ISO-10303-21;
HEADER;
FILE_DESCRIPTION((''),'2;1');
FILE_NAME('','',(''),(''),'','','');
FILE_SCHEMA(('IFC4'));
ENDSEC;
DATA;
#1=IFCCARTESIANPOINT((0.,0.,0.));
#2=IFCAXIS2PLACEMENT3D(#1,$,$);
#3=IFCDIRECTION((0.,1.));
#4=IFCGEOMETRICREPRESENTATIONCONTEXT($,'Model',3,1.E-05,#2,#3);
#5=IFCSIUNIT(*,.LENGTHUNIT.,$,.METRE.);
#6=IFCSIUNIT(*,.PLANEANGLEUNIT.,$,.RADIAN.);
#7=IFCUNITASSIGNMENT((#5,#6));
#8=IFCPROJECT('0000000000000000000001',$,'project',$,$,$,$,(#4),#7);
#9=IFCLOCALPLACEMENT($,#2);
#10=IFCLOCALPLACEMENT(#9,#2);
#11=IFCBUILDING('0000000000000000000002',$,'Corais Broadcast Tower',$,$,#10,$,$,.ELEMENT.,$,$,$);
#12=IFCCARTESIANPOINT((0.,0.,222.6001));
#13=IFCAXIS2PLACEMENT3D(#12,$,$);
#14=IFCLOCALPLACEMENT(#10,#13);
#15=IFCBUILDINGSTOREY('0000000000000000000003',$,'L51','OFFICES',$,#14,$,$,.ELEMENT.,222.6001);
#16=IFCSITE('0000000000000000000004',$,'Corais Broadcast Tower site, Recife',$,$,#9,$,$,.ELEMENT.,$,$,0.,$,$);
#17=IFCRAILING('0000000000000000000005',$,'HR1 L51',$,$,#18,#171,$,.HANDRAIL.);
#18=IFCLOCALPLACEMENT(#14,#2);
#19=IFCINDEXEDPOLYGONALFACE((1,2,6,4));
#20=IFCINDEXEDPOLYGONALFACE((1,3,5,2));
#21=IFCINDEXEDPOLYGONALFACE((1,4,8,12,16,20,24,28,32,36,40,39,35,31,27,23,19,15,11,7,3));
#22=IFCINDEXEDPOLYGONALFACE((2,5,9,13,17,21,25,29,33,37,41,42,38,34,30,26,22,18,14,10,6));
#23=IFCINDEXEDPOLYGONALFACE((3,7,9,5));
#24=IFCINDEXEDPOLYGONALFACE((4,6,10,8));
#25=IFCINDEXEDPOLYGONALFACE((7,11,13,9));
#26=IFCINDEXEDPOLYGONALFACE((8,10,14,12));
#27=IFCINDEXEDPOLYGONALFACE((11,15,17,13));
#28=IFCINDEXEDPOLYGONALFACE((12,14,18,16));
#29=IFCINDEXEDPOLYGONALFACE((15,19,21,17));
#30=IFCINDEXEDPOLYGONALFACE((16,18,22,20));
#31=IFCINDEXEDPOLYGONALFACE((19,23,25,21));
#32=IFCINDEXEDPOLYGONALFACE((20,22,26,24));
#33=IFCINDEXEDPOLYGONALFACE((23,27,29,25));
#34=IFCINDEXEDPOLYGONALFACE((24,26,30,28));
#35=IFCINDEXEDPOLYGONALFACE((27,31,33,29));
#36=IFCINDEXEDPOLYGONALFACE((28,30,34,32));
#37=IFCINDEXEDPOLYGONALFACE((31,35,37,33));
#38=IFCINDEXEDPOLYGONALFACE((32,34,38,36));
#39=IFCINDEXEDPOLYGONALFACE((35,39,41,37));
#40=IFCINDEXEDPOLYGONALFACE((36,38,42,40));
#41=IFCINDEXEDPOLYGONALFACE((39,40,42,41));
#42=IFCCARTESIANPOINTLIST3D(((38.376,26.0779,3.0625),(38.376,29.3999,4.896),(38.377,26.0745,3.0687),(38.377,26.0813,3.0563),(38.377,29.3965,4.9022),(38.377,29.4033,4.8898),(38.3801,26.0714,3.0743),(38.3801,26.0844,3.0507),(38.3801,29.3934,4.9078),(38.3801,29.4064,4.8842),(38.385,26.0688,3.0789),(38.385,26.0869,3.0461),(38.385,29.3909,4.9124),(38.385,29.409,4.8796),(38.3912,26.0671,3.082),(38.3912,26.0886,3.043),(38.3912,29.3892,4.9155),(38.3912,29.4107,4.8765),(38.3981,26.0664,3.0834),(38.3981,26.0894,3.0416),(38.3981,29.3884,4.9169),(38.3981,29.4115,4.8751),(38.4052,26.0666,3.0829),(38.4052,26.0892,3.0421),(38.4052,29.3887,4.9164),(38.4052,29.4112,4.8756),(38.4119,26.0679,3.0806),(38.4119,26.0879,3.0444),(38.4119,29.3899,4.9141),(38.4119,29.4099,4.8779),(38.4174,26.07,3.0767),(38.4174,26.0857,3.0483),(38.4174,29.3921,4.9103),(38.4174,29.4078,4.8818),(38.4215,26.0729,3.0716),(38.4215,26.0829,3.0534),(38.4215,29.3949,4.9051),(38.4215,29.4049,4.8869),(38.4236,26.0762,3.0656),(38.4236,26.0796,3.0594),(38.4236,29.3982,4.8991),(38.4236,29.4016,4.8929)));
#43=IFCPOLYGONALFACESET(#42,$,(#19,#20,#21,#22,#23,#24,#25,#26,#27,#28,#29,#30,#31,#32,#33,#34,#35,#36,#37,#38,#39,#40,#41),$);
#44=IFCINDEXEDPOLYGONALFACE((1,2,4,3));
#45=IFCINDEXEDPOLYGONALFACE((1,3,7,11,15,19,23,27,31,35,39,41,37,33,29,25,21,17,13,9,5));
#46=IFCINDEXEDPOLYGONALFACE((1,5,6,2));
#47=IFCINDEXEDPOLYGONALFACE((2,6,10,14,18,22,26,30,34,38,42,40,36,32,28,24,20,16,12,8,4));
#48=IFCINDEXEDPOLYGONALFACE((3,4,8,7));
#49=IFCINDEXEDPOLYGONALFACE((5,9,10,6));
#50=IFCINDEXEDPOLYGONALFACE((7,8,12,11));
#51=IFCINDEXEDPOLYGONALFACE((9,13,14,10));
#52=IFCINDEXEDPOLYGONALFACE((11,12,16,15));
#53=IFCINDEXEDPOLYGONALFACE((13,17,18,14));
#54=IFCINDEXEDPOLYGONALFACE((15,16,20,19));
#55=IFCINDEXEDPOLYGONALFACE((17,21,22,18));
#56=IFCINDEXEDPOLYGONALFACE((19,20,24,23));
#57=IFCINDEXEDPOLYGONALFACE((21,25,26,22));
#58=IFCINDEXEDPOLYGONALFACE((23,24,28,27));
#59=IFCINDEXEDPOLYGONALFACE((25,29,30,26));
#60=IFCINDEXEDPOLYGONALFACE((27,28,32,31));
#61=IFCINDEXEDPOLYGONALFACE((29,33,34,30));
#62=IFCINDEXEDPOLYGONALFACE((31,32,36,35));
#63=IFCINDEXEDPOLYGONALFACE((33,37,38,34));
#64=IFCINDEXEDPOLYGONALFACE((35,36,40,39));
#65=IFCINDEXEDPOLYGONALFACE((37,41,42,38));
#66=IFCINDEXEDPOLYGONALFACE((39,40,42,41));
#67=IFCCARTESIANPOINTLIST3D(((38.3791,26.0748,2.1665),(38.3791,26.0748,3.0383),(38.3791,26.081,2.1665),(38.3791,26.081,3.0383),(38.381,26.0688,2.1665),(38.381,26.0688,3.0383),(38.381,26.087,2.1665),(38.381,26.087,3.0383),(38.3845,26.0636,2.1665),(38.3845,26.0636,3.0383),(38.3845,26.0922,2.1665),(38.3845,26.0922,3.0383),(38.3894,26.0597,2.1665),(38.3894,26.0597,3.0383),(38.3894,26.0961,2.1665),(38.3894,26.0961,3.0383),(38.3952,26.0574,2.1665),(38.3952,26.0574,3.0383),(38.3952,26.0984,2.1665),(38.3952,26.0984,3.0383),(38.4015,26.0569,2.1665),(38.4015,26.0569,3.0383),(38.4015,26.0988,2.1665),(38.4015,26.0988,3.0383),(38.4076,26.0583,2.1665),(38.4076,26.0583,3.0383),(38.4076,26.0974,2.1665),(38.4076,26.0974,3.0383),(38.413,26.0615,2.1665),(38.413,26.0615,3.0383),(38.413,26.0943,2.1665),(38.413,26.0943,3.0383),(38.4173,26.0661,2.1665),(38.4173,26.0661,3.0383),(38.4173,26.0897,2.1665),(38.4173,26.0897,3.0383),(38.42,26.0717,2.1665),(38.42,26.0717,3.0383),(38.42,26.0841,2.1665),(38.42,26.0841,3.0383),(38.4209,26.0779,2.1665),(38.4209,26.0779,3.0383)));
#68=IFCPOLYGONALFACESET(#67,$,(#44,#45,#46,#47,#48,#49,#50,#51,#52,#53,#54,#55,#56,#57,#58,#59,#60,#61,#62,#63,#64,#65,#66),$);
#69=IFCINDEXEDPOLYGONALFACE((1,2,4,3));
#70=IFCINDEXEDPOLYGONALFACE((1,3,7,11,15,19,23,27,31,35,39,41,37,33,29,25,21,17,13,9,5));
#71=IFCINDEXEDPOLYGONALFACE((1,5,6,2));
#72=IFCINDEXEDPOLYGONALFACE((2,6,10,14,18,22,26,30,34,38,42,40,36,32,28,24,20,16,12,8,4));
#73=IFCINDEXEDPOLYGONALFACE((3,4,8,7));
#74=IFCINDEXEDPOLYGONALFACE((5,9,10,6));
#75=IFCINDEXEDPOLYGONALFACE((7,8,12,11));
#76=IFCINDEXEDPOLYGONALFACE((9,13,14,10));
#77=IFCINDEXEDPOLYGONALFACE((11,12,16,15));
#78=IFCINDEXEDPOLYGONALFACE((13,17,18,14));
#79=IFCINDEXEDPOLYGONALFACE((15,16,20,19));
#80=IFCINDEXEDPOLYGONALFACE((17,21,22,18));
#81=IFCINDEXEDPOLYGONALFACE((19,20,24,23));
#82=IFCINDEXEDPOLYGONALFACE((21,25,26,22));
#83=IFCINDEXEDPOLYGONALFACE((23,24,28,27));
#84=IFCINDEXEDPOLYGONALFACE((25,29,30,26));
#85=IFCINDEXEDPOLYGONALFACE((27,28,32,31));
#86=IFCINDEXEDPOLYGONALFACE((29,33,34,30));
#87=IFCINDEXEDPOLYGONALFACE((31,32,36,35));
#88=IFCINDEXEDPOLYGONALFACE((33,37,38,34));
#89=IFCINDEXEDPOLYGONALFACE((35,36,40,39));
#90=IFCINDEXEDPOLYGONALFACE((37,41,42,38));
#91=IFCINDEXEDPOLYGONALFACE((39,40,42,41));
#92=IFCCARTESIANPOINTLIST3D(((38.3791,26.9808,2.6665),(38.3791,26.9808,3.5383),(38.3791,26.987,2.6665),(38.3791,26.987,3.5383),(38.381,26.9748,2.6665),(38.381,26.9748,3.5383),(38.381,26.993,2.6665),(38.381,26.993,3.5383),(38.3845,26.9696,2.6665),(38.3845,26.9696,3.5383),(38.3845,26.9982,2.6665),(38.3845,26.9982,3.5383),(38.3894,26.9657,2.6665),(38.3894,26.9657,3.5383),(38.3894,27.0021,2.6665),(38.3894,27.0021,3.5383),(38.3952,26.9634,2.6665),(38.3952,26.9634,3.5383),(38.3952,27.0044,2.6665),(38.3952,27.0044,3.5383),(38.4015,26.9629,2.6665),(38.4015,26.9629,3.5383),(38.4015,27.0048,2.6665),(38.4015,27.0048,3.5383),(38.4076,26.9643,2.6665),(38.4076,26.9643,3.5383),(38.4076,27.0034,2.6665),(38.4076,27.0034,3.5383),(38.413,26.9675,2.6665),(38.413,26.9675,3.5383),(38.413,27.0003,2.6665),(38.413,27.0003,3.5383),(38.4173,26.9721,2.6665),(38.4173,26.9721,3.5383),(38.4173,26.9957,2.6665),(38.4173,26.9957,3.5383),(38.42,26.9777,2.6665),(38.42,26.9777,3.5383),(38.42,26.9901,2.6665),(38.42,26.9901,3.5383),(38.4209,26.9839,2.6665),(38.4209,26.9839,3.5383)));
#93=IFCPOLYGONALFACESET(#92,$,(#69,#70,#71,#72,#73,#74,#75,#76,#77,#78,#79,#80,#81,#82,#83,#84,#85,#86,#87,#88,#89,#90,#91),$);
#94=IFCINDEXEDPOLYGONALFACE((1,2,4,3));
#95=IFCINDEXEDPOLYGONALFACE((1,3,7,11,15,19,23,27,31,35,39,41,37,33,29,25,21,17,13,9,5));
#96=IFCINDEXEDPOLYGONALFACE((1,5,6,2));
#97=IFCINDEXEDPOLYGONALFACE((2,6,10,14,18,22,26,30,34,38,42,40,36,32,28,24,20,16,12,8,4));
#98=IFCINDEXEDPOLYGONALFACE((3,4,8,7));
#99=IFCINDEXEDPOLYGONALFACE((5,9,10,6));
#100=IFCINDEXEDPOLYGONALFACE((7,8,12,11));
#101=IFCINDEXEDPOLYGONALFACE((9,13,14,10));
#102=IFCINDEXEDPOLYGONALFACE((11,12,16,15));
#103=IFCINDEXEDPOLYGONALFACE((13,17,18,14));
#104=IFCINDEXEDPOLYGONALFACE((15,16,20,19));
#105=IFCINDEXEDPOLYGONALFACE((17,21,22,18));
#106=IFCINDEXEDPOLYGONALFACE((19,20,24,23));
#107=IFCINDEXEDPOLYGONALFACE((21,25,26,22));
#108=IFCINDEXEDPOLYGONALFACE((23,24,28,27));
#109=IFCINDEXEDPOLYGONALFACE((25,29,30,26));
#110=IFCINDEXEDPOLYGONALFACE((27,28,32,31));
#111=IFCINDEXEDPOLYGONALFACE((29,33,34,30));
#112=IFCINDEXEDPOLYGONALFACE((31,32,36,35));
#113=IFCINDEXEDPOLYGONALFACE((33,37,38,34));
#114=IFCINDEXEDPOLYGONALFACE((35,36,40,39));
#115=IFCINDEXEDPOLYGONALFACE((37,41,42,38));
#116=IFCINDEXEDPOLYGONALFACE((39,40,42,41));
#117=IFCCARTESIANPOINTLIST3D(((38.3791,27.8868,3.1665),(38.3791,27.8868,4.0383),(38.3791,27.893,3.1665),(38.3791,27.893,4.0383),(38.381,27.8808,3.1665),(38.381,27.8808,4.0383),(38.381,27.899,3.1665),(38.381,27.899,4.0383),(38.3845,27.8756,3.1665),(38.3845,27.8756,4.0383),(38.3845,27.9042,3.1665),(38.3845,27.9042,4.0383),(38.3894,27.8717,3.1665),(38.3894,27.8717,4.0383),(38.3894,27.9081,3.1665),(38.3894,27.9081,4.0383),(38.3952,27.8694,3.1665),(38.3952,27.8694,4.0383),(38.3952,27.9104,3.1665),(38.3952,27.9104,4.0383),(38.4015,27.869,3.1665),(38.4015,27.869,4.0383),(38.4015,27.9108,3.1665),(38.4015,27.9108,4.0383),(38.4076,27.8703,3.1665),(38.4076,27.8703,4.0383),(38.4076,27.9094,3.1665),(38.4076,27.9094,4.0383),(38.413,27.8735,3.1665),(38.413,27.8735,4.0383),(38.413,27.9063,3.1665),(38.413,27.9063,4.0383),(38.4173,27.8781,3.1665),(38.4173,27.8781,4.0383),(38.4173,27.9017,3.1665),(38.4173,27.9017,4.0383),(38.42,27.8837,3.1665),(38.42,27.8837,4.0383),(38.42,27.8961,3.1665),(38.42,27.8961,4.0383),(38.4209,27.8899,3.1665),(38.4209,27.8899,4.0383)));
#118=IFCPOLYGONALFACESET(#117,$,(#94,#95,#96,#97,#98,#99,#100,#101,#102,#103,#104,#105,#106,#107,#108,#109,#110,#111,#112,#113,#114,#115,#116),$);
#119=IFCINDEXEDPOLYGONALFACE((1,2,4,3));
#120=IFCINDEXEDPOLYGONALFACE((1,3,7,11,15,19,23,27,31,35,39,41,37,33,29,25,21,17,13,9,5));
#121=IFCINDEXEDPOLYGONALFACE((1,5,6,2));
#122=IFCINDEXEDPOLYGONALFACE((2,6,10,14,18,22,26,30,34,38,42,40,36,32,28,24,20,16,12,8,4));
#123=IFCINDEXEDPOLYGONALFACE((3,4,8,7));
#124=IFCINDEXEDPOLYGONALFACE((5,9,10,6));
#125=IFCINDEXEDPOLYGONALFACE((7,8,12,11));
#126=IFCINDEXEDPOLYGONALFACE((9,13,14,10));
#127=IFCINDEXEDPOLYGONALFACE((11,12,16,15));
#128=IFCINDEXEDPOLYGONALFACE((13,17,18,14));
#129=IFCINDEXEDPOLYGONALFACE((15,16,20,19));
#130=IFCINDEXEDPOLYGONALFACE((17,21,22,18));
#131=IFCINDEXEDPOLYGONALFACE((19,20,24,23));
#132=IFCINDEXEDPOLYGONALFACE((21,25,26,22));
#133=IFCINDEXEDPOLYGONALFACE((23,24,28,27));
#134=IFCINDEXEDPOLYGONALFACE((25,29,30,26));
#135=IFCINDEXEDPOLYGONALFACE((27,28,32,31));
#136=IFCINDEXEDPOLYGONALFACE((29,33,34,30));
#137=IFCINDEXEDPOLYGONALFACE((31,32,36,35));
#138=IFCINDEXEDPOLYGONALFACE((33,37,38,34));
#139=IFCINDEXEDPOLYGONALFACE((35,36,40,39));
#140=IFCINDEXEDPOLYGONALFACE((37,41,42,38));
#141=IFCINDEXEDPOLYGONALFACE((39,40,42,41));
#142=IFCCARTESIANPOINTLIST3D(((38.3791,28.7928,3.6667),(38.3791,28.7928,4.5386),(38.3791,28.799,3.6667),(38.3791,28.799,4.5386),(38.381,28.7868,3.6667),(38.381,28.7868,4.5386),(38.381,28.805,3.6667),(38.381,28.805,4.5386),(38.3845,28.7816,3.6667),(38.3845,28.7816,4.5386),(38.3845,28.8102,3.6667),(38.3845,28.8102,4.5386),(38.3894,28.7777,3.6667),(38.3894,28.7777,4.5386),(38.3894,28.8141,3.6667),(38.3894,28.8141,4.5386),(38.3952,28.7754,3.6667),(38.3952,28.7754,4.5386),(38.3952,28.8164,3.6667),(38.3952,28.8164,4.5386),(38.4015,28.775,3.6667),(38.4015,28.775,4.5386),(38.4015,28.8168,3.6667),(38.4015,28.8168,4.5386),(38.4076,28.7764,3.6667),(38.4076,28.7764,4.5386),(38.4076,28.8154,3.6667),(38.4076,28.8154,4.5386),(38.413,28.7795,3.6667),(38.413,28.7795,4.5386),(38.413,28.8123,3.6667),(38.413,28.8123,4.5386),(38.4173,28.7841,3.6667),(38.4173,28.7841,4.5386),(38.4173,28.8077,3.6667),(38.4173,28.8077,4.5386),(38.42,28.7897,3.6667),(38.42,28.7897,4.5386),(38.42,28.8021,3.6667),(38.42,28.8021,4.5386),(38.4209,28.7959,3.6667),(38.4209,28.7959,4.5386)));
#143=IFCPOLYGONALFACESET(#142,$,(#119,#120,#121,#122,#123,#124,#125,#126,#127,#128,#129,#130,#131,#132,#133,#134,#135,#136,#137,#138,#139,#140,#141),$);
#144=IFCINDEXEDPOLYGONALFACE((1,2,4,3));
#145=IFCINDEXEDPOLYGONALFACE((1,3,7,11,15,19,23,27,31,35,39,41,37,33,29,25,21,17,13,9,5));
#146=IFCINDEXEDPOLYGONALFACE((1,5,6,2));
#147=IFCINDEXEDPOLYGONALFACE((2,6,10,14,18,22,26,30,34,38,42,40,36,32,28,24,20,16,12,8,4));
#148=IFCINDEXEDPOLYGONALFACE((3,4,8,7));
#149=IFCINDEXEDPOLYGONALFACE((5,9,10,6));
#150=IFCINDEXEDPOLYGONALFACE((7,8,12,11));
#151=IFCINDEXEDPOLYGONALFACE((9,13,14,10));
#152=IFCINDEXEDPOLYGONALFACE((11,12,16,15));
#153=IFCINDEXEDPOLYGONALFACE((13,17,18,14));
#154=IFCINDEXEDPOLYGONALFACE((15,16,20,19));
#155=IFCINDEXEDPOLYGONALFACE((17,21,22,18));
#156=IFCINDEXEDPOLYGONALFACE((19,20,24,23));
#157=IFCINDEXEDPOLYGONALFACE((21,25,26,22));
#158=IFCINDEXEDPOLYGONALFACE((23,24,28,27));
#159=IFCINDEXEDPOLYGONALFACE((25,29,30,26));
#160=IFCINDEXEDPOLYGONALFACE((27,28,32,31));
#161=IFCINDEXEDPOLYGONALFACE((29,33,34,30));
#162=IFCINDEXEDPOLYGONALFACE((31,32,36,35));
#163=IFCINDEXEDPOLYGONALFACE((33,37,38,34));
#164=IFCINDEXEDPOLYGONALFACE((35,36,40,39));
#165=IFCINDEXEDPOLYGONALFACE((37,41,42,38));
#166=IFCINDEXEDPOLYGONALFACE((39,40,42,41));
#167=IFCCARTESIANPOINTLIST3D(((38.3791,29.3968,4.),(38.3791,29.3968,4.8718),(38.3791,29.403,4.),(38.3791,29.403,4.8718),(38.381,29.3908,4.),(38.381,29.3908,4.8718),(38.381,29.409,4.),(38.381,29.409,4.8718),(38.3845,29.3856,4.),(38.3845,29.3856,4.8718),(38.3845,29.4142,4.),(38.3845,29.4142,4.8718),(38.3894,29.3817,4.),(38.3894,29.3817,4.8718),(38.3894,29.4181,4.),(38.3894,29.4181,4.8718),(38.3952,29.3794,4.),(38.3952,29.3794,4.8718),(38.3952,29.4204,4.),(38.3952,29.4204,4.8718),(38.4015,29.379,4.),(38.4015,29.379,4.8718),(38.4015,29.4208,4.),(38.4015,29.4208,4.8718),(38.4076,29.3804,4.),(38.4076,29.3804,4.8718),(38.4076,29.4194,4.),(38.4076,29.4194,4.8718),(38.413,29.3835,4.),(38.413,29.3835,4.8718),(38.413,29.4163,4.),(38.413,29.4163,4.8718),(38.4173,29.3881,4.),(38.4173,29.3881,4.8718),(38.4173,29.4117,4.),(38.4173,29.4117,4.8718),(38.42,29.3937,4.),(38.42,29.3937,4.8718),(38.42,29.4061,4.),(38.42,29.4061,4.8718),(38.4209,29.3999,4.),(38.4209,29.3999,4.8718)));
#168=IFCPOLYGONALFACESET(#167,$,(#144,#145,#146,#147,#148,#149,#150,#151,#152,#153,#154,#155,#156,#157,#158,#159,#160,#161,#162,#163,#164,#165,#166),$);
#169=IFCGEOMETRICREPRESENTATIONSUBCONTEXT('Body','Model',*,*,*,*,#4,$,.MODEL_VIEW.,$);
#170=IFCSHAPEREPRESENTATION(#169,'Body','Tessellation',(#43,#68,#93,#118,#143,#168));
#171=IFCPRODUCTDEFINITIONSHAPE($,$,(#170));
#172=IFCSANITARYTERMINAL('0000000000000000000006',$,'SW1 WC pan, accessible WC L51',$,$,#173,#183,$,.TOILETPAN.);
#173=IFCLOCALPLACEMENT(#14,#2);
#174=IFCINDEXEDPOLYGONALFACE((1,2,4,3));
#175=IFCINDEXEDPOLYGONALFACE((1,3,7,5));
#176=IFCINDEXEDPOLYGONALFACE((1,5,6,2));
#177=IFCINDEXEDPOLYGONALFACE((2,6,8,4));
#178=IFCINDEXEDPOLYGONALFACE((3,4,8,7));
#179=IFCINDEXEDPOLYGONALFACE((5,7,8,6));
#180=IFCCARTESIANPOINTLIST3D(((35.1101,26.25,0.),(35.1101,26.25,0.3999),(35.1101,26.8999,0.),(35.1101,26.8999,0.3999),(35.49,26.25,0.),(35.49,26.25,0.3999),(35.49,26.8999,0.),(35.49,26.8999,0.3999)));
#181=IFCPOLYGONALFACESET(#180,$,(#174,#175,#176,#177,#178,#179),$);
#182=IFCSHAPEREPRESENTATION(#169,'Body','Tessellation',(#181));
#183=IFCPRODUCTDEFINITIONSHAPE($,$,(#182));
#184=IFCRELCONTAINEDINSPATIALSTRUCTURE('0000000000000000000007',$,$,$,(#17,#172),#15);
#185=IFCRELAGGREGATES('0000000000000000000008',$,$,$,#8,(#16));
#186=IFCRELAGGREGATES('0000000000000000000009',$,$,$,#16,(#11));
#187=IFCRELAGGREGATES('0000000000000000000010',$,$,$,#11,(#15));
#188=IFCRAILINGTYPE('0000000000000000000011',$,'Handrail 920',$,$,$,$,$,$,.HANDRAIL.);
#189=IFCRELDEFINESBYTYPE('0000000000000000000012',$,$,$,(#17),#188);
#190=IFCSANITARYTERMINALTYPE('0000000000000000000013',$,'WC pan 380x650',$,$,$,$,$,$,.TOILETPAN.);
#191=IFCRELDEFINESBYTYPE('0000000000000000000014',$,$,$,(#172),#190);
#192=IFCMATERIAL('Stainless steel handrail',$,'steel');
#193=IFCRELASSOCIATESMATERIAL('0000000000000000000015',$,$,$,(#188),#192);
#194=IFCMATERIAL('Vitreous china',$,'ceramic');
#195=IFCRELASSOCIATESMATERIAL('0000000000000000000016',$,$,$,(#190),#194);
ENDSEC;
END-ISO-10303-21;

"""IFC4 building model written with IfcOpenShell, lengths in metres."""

from ifc_helpers import new_model, si_unit, direction, frame, origin, origin_2d, place, context, subcontext, project, spatial, rectangle, circle, extrude, material, type_object, element, save


model = new_model("IFC4")

# Units and contexts
model_context = context("Model", 3, precision=1e-05, world=origin(), true_north=direction((0.0, 1.0)))
body_context = subcontext(model_context, "Body", "Model", "MODEL_VIEW")
ifc_project = project(units=[si_unit("LENGTHUNIT", "METRE"), si_unit("PLANEANGLEUNIT", "RADIAN")], contexts=[model_context])

# Site, building, storey
site_placement = place(None, origin())
site = spatial("IfcSite", under=ifc_project, at=site_placement, Name="Corais Broadcast Tower site, Recife", CompositionType="ELEMENT", RefElevation=0.0)
building_placement = place(site_placement, origin())
building = spatial("IfcBuilding", under=site, at=building_placement, Name="Corais Broadcast Tower", CompositionType="ELEMENT")
storey_placement = place(building_placement, frame((0.0, 0.0, 222.6001)))
storey = spatial("IfcBuildingStorey", under=building, at=storey_placement, Name="L51", Description="OFFICES", CompositionType="ELEMENT", Elevation=222.6001)

# Railing
ifc_material_1 = material(Name="Stainless steel handrail", Category="steel")
railing_type = type_object("IfcRailingType", Name="Handrail 920", PredefinedType="HANDRAIL", material=ifc_material_1)
for number, where, name in (
    (1, (38.3999, 26.0779, 2.1665), "HR1 L51"),
):
    element("IfcRailing", number, at=place(storey_placement, frame(where)), inside=storey, type_object=railing_type, Name=name, PredefinedType="HANDRAIL", context=body_context, shape_type="SweptSolid", body=[
        extrude(circle(Radius=0.0239, at=origin_2d()), frame((0.0, 0.0, 0.896), z_axis=(0.0, 0.875504, 0.48321), x_axis=(-1.0, 0.0, 0.0)), (0.0, 0.0, 1.0), 3.7944),
        extrude(circle(Radius=0.021, at=origin_2d()), origin(), (0.0, 0.0, 1.0), 0.8718),
        extrude(circle(Radius=0.021, at=origin_2d()), frame((0.0, 0.906, 0.5)), (0.0, 0.0, 1.0), 0.8718),
        extrude(circle(Radius=0.021, at=origin_2d()), frame((0.0, 1.812, 1.0)), (0.0, 0.0, 1.0), 0.8718),
        extrude(circle(Radius=0.021, at=origin_2d()), frame((0.0, 2.718, 1.5002)), (0.0, 0.0, 1.0), 0.8718),
        extrude(circle(Radius=0.021, at=origin_2d()), frame((0.0, 3.322, 1.8335)), (0.0, 0.0, 1.0), 0.8718),
    ])

# Sanitary terminal
ifc_material_2 = material(Name="Vitreous china", Category="ceramic")
sanitary_terminal_type = type_object("IfcSanitaryTerminalType", Name="WC pan 380x650", PredefinedType="TOILETPAN", material=ifc_material_2)
sanitary_terminal_placement = place(storey_placement, frame((35.3, 26.575, 0.0), z_axis=(0.0, 0.0, 1.0), x_axis=(1.0, 0.0, 0.0)))
element("IfcSanitaryTerminal", 2, at=sanitary_terminal_placement, inside=storey, type_object=sanitary_terminal_type, Name="SW1 WC pan, accessible WC L51", PredefinedType="TOILETPAN", context=body_context, shape_type="SweptSolid", body=[
    extrude(rectangle(XDim=0.3799, YDim=0.6499, at=origin_2d()), origin(), (0.0, 0.0, 1.0), 0.3999),
])

save(model, "model.ifc")
